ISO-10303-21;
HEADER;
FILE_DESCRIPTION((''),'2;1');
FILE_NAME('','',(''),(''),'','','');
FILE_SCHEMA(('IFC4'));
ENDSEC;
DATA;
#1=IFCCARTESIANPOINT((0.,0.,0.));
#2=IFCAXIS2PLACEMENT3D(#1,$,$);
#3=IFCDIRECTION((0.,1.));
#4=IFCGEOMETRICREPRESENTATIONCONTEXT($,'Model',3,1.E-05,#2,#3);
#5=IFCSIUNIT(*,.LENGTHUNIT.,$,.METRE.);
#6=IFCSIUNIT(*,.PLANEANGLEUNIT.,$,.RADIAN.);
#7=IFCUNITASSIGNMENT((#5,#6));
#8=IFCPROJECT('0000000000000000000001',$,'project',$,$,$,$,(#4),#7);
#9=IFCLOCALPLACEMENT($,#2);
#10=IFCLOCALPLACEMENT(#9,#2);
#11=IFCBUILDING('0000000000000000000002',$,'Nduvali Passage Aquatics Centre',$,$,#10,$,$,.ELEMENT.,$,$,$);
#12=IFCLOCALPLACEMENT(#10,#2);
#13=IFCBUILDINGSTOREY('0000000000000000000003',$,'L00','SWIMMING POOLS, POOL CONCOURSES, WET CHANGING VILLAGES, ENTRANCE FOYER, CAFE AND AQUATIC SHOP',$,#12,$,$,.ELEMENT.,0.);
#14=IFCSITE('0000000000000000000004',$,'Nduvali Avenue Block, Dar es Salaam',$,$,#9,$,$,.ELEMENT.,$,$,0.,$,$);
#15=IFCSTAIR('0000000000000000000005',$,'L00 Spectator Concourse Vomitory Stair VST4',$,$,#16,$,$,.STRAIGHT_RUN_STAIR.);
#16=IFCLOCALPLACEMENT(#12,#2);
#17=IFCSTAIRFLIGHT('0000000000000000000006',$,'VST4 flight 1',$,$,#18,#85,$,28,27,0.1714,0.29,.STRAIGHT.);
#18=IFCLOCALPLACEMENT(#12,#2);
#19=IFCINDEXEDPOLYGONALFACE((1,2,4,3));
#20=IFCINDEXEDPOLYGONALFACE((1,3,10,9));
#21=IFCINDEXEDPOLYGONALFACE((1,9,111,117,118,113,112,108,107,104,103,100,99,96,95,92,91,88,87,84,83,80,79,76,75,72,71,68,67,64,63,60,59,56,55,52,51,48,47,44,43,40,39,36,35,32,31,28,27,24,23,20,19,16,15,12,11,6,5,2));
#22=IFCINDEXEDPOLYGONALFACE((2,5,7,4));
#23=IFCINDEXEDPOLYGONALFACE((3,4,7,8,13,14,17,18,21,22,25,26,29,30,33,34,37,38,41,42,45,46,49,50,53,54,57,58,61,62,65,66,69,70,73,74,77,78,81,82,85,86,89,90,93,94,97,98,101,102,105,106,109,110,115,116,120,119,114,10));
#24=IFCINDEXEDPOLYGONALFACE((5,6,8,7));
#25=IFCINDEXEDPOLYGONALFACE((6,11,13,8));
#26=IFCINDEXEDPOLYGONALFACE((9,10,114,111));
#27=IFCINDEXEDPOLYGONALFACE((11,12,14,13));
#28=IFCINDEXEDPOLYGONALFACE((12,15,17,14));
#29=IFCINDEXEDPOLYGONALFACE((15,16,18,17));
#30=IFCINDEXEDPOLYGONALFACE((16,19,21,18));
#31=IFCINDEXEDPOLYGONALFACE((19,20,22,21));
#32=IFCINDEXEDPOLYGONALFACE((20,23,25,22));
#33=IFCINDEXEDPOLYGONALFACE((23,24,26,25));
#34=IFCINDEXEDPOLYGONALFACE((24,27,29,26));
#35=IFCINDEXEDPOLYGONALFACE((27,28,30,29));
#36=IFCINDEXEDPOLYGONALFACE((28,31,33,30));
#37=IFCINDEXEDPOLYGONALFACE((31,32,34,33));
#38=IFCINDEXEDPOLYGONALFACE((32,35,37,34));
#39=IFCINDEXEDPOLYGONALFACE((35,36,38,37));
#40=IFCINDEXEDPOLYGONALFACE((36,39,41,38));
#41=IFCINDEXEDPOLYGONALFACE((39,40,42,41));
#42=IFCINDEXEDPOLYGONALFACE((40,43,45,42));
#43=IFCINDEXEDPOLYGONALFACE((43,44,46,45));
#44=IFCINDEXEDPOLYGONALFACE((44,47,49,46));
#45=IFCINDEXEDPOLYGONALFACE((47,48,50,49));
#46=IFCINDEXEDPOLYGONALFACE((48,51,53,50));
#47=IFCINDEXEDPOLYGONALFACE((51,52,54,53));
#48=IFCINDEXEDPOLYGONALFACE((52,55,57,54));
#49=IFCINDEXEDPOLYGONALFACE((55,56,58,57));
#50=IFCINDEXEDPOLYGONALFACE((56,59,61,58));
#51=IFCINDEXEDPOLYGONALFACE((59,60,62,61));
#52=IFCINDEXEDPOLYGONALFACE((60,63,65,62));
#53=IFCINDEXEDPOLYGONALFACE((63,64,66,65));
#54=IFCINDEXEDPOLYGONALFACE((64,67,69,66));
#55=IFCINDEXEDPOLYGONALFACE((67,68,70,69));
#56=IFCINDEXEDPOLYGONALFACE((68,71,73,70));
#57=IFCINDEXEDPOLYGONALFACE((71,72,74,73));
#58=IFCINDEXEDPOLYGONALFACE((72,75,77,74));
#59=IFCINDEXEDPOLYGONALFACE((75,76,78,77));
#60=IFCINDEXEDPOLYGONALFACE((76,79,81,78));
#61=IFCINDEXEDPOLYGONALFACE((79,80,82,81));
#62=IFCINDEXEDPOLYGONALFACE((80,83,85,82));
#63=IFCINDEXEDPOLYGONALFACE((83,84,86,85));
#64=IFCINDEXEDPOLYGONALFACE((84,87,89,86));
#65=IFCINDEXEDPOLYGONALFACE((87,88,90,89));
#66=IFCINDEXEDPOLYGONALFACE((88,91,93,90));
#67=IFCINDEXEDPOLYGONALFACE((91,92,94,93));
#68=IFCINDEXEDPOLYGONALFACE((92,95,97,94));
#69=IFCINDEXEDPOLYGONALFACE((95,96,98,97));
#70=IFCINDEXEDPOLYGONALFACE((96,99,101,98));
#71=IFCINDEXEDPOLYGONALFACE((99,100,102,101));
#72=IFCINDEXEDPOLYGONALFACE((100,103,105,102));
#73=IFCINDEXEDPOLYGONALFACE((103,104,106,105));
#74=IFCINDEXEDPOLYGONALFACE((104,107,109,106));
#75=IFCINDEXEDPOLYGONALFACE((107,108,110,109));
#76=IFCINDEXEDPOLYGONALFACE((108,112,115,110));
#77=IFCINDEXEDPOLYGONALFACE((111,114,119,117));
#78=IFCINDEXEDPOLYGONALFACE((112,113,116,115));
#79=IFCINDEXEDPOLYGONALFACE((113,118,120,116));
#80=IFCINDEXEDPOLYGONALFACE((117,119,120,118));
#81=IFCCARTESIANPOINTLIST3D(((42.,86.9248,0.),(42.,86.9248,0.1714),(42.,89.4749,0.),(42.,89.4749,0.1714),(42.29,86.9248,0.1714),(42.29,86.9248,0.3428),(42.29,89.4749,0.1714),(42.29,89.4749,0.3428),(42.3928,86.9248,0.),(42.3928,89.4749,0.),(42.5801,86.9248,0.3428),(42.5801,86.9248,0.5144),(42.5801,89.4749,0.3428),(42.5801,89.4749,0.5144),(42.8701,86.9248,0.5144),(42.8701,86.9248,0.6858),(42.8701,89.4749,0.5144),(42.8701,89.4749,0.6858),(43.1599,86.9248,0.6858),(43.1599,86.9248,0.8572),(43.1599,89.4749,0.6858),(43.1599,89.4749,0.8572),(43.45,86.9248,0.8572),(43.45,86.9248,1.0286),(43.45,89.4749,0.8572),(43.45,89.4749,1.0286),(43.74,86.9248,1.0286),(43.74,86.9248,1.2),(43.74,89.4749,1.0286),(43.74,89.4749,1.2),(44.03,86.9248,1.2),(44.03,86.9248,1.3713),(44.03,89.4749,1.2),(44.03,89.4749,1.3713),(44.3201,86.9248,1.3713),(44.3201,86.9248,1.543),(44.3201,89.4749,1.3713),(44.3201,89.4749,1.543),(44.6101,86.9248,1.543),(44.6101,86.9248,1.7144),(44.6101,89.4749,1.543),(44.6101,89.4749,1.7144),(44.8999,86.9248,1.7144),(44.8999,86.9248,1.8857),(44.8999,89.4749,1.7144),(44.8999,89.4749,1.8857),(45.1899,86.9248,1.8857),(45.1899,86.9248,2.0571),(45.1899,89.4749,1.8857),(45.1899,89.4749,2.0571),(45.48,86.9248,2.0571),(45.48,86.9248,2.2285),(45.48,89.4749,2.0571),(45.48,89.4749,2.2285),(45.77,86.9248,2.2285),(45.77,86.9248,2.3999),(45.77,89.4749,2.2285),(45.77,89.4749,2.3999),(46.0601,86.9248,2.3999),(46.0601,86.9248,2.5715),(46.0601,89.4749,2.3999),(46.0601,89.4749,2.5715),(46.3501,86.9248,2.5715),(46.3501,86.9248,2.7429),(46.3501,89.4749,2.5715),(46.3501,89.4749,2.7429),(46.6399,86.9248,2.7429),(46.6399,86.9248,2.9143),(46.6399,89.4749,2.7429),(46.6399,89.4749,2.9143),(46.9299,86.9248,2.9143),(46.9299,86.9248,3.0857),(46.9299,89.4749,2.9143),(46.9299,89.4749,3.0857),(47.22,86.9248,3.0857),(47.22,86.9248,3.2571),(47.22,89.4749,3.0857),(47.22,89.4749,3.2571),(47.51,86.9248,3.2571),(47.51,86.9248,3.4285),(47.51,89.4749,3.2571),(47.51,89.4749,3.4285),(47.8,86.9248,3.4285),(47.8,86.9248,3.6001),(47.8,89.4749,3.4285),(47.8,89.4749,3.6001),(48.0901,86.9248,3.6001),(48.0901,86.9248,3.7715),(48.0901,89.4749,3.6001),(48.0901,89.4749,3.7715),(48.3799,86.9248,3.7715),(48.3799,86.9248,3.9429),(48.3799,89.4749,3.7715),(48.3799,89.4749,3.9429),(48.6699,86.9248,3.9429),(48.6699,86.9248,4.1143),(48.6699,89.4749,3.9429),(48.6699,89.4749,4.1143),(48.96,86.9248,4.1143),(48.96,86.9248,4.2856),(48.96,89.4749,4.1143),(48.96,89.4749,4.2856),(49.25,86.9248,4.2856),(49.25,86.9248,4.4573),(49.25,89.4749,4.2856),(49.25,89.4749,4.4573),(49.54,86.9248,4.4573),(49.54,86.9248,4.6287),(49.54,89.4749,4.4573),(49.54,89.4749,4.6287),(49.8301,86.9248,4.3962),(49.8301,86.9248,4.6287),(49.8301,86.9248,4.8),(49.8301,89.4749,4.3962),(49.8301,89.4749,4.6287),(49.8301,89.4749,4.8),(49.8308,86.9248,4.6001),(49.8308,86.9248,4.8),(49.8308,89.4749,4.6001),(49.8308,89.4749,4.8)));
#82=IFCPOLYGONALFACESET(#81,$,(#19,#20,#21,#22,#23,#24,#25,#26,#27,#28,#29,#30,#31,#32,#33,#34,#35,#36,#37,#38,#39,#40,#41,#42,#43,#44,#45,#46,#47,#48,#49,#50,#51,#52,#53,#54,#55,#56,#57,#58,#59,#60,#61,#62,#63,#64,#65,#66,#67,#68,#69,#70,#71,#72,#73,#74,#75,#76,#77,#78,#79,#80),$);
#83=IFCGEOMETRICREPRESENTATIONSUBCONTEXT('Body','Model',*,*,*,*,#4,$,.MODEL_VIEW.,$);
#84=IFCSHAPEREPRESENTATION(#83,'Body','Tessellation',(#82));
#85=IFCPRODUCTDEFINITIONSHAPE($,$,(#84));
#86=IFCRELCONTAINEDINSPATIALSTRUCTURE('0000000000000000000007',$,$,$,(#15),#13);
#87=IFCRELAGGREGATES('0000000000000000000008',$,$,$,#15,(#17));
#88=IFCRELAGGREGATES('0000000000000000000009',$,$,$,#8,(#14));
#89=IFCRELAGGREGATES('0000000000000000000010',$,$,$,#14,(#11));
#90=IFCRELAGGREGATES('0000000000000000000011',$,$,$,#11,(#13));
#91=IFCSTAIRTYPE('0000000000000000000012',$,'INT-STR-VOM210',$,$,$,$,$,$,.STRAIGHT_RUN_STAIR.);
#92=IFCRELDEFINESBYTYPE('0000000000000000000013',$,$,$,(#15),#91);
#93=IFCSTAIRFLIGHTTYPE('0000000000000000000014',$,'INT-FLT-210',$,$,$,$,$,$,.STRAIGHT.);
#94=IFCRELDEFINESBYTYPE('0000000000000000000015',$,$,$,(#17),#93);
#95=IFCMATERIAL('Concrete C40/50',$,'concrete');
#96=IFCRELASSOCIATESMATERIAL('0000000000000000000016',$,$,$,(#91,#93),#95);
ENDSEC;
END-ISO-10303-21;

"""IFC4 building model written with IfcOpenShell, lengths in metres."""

from ifc_helpers import new_model, si_unit, direction, frame, origin, place, context, subcontext, project, spatial, polyline, outline, extrude, material, type_object, element, aggregate, save


model = new_model("IFC4")

# Units and contexts
model_context = context("Model", 3, precision=1e-05, world=origin(), true_north=direction((0.0, 1.0)))
body_context = subcontext(model_context, "Body", "Model", "MODEL_VIEW")
ifc_project = project(units=[si_unit("LENGTHUNIT", "METRE"), si_unit("PLANEANGLEUNIT", "RADIAN")], contexts=[model_context])

# Site, building, storey
site_placement = place(None, origin())
site = spatial("IfcSite", under=ifc_project, at=site_placement, Name="Nduvali Avenue Block, Dar es Salaam", CompositionType="ELEMENT", RefElevation=0.0)
building_placement = place(site_placement, origin())
building = spatial("IfcBuilding", under=site, at=building_placement, Name="Nduvali Passage Aquatics Centre", CompositionType="ELEMENT")
storey_placement = place(building_placement, origin())
storey = spatial("IfcBuildingStorey", under=building, at=storey_placement, Name="L00", Description="SWIMMING POOLS, POOL CONCOURSES, WET CHANGING VILLAGES, ENTRANCE FOYER, CAFE AND AQUATIC SHOP", CompositionType="ELEMENT", Elevation=0.0)

# Shared definitions
ifc_material_1 = material(Name="Concrete C40/50", Category="concrete")

# Stair, stair flight
stair_type = type_object("IfcStairType", Name="INT-STR-VOM210", PredefinedType="STRAIGHT_RUN_STAIR", material=ifc_material_1)
stair_placement = place(storey_placement, origin())
stair = element("IfcStair", 1, at=stair_placement, inside=storey, type_object=stair_type, Name="L00 Spectator Concourse Vomitory Stair VST4", PredefinedType="STRAIGHT_RUN_STAIR")
stair_flight_type = type_object("IfcStairFlightType", Name="INT-FLT-210", PredefinedType="STRAIGHT", material=ifc_material_1)
stair_flight_placement = place(storey_placement, frame((42.0, 88.2, 0.0), z_axis=(0.0, 0.0, 1.0), x_axis=(1.0, 0.0, 0.0)))
stair_flight = element("IfcStairFlight", 2, at=stair_flight_placement, type_object=stair_flight_type, Name="VST4 flight 1", NumberOfRisers=28, NumberOfTreads=27, PredefinedType="STRAIGHT", RiserHeight=0.1714, TreadLength=0.29, context=body_context, shape_type="SweptSolid", body=[
    extrude(outline(polyline([(0.0, 0.0), (0.0, 0.1714), (0.29, 0.1714), (0.29, 0.3428), (0.5801, 0.3428), (0.5801, 0.5144), (0.8701, 0.5144), (0.8701, 0.6858), (1.1599, 0.6858), (1.1599, 0.8572), (1.45, 0.8572), (1.45, 1.0286), (1.74, 1.0286), (1.74, 1.2), (2.03, 1.2), (2.03, 1.3713), (2.3201, 1.3713), (2.3201, 1.543), (2.6101, 1.543), (2.6101, 1.7144), (2.8999, 1.7144), (2.8999, 1.8857), (3.1899, 1.8857), (3.1899, 2.0571), (3.48, 2.0571), (3.48, 2.2285), (3.77, 2.2285), (3.77, 2.3999), (4.0601, 2.3999), (4.0601, 2.5715), (4.3501, 2.5715), (4.3501, 2.7429), (4.6399, 2.7429), (4.6399, 2.9143), (4.9299, 2.9143), (4.9299, 3.0857), (5.22, 3.0857), (5.22, 3.2571), (5.51, 3.2571), (5.51, 3.4285), (5.8, 3.4285), (5.8, 3.6001), (6.0901, 3.6001), (6.0901, 3.7715), (6.3799, 3.7715), (6.3799, 3.9429), (6.6699, 3.9429), (6.6699, 4.1143), (6.96, 4.1143), (6.96, 4.2856), (7.25, 4.2856), (7.25, 4.4573), (7.54, 4.4573), (7.54, 4.6287), (7.8301, 4.6287), (7.8301, 4.8), (7.8308, 4.8), (7.8308, 4.6001), (7.8301, 4.3962), (0.3928, 0.0), (0.0, 0.0)])), frame((0.0, 1.2749, 0.0), z_axis=(0.0, -1.0, 0.0), x_axis=(1.0, 0.0, 0.0)), (0.0, 0.0, 1.0), 2.55),
])
aggregate(stair, [stair_flight])

save(model, "model.ifc")
